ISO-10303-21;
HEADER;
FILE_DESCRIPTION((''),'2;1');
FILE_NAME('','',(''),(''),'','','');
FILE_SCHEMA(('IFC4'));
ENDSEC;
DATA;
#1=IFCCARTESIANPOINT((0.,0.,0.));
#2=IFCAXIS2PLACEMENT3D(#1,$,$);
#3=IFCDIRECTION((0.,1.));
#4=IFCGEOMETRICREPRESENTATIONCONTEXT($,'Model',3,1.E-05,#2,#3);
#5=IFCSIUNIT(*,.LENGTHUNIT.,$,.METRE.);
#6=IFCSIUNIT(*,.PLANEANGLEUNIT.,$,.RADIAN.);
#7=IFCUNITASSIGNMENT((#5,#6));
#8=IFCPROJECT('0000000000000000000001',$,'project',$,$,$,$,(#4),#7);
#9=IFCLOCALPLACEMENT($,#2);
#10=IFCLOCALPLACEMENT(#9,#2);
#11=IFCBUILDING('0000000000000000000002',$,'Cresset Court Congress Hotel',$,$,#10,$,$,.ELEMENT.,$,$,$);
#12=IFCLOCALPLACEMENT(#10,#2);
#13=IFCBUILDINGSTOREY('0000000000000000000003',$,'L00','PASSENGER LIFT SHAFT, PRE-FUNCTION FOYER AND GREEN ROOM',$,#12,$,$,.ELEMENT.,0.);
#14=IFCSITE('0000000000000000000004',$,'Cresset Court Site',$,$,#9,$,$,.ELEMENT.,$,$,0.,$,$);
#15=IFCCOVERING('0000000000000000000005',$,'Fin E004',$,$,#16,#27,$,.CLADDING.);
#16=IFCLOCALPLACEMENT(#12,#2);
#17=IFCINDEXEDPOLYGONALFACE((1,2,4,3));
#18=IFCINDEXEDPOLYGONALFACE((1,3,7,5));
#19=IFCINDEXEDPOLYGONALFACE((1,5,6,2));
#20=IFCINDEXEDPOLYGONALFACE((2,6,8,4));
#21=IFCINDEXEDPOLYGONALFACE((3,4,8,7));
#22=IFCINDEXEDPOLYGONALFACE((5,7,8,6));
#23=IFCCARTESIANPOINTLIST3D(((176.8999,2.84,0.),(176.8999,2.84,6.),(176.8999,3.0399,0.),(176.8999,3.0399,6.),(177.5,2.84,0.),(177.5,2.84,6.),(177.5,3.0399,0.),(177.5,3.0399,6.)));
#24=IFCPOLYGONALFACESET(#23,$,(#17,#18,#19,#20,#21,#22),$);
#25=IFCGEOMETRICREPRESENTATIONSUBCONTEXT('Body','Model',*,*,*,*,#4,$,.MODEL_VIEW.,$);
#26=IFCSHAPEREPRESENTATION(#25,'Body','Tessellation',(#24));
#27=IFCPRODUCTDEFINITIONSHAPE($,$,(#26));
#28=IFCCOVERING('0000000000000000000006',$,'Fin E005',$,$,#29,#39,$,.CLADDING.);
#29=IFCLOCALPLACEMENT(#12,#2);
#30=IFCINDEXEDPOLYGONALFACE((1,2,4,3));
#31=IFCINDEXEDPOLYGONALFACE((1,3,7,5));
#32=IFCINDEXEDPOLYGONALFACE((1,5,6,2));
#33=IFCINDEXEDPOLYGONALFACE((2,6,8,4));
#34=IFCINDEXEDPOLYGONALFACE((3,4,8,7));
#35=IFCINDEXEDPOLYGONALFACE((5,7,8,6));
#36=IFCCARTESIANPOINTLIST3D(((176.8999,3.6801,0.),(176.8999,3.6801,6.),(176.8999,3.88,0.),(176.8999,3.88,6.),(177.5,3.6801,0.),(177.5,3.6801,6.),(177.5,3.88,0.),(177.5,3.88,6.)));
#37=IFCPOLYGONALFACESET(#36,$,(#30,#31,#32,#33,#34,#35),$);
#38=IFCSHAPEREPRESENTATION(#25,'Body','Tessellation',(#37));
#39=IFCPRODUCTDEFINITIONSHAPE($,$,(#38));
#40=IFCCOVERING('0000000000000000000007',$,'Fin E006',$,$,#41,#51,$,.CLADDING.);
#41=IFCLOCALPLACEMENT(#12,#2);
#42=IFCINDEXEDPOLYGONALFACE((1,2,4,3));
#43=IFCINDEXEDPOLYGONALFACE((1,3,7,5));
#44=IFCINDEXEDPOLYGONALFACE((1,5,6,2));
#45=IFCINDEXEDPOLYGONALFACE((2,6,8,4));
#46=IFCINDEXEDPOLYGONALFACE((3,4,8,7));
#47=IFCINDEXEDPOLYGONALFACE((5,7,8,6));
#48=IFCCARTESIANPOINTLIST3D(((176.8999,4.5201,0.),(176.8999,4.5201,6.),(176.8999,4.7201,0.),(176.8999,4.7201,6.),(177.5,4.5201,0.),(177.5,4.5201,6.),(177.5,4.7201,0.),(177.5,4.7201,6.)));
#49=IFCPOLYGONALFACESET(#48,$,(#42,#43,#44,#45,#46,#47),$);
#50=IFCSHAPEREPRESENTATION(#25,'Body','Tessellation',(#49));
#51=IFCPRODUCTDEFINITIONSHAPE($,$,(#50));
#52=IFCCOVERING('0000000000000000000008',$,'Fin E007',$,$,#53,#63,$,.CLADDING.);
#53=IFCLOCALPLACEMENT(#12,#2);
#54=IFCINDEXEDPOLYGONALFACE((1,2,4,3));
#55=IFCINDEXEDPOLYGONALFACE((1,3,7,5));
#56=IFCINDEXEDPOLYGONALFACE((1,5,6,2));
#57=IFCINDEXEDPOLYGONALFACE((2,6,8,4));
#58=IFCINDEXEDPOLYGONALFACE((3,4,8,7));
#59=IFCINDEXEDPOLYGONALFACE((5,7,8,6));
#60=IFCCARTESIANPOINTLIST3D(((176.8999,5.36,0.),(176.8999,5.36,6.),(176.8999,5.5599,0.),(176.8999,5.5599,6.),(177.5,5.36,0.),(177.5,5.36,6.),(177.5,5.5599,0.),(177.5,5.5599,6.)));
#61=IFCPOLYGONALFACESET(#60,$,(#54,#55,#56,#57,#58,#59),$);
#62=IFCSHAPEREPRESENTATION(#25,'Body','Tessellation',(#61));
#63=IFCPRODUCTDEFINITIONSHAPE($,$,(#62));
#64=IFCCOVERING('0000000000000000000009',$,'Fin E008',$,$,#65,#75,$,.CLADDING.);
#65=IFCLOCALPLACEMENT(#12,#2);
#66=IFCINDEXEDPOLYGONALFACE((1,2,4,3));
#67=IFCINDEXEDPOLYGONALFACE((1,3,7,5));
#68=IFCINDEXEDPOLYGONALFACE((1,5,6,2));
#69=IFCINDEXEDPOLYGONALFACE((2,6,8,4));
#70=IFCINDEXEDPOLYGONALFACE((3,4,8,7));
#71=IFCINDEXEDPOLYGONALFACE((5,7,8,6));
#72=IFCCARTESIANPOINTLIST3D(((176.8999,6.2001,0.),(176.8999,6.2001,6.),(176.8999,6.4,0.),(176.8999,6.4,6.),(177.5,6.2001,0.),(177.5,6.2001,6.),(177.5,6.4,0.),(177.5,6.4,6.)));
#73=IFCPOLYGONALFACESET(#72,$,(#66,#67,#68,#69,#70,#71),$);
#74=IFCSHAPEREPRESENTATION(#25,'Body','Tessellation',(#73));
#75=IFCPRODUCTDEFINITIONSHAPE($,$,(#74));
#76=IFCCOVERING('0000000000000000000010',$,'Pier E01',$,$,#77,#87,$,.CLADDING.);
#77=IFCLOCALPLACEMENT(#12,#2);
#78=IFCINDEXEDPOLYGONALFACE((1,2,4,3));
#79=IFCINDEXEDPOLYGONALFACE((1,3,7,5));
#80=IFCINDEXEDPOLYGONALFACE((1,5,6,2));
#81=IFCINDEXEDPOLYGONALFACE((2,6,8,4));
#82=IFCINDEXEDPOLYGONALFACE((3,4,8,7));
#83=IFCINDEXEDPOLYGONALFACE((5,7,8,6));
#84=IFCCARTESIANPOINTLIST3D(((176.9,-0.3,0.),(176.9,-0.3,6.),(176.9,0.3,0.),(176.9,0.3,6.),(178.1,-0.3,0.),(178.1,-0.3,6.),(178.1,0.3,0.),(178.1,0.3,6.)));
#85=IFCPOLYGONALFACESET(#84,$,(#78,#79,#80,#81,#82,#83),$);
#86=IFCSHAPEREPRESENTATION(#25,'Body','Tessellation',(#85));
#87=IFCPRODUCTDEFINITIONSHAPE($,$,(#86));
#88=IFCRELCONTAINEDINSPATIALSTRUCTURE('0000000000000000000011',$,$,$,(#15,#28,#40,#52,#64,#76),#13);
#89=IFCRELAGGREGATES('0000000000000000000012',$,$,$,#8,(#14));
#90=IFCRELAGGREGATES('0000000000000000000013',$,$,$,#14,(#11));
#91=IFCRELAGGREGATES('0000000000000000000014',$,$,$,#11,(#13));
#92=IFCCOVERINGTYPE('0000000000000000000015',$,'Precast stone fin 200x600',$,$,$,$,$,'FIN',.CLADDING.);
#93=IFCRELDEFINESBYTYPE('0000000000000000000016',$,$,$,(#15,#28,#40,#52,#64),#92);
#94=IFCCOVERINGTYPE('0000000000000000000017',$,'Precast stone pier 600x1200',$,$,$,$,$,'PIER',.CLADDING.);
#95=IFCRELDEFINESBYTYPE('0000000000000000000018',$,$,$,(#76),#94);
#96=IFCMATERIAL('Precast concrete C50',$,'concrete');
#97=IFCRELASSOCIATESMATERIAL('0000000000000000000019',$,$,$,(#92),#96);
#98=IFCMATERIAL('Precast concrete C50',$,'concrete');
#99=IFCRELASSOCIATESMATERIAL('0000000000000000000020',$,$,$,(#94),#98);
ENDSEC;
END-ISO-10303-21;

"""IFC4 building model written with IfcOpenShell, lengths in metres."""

from ifc_helpers import new_model, si_unit, direction, frame, origin, origin_2d, place, context, subcontext, project, spatial, rectangle, extrude, material, type_object, element, save


model = new_model("IFC4")

# Units and contexts
model_context = context("Model", 3, precision=1e-05, world=origin(), true_north=direction((0.0, 1.0)))
body_context = subcontext(model_context, "Body", "Model", "MODEL_VIEW")
ifc_project = project(units=[si_unit("LENGTHUNIT", "METRE"), si_unit("PLANEANGLEUNIT", "RADIAN")], contexts=[model_context])

# Site, building, storey
site_placement = place(None, origin())
site = spatial("IfcSite", under=ifc_project, at=site_placement, Name="Cresset Court Site", CompositionType="ELEMENT", RefElevation=0.0)
building_placement = place(site_placement, origin())
building = spatial("IfcBuilding", under=site, at=building_placement, Name="Cresset Court Congress Hotel", CompositionType="ELEMENT")
storey_placement = place(building_placement, origin())
storey = spatial("IfcBuildingStorey", under=building, at=storey_placement, Name="L00", Description="PASSENGER LIFT SHAFT, PRE-FUNCTION FOYER AND GREEN ROOM", CompositionType="ELEMENT", Elevation=0.0)

# Coverings
ifc_material_1 = material(Name="Precast concrete C50", Category="concrete")
covering_type_1 = type_object("IfcCoveringType", Name="Precast stone fin 200x600", ElementType="FIN", PredefinedType="CLADDING", material=ifc_material_1)
for number, where, z_axis, x_axis, name in (
    (1, (177.2, 2.9399, 0.0), (0.0, 0.0, 1.0), (1.0, 0.0, 0.0), "Fin E004"),
    (2, (177.2, 3.78, 0.0), (0.0, 0.0, 1.0), (1.0, 0.0, 0.0), "Fin E005"),
    (3, (177.2, 4.6201, 0.0), (0.0, 0.0, 1.0), (1.0, 0.0, 0.0), "Fin E006"),
    (4, (177.2, 5.46, 0.0), (0.0, 0.0, 1.0), (1.0, 0.0, 0.0), "Fin E007"),
    (5, (177.2, 6.3, 0.0), (0.0, 0.0, 1.0), (1.0, 0.0, 0.0), "Fin E008"),
):
    element("IfcCovering", number, at=place(storey_placement, frame(where, z_axis=z_axis, x_axis=x_axis)), inside=storey, type_object=covering_type_1, Name=name, PredefinedType="CLADDING", context=body_context, shape_type="SweptSolid", body=[
        extrude(rectangle(XDim=0.6001, YDim=0.2, at=origin_2d()), origin(), (0.0, 0.0, 1.0), 6.0),
    ])
ifc_material_2 = material(Name="Precast concrete C50", Category="concrete")
covering_type_2 = type_object("IfcCoveringType", Name="Precast stone pier 600x1200", ElementType="PIER", PredefinedType="CLADDING", material=ifc_material_2)
covering_placement = place(storey_placement, frame((177.5, 0.0, 0.0), z_axis=(0.0, 0.0, 1.0), x_axis=(1.0, 0.0, 0.0)))
element("IfcCovering", 6, at=covering_placement, inside=storey, type_object=covering_type_2, Name="Pier E01", PredefinedType="CLADDING", context=body_context, shape_type="SweptSolid", body=[
    extrude(rectangle(XDim=1.2, YDim=0.6001, at=origin_2d()), origin(), (0.0, 0.0, 1.0), 6.0),
])

save(model, "model.ifc")
